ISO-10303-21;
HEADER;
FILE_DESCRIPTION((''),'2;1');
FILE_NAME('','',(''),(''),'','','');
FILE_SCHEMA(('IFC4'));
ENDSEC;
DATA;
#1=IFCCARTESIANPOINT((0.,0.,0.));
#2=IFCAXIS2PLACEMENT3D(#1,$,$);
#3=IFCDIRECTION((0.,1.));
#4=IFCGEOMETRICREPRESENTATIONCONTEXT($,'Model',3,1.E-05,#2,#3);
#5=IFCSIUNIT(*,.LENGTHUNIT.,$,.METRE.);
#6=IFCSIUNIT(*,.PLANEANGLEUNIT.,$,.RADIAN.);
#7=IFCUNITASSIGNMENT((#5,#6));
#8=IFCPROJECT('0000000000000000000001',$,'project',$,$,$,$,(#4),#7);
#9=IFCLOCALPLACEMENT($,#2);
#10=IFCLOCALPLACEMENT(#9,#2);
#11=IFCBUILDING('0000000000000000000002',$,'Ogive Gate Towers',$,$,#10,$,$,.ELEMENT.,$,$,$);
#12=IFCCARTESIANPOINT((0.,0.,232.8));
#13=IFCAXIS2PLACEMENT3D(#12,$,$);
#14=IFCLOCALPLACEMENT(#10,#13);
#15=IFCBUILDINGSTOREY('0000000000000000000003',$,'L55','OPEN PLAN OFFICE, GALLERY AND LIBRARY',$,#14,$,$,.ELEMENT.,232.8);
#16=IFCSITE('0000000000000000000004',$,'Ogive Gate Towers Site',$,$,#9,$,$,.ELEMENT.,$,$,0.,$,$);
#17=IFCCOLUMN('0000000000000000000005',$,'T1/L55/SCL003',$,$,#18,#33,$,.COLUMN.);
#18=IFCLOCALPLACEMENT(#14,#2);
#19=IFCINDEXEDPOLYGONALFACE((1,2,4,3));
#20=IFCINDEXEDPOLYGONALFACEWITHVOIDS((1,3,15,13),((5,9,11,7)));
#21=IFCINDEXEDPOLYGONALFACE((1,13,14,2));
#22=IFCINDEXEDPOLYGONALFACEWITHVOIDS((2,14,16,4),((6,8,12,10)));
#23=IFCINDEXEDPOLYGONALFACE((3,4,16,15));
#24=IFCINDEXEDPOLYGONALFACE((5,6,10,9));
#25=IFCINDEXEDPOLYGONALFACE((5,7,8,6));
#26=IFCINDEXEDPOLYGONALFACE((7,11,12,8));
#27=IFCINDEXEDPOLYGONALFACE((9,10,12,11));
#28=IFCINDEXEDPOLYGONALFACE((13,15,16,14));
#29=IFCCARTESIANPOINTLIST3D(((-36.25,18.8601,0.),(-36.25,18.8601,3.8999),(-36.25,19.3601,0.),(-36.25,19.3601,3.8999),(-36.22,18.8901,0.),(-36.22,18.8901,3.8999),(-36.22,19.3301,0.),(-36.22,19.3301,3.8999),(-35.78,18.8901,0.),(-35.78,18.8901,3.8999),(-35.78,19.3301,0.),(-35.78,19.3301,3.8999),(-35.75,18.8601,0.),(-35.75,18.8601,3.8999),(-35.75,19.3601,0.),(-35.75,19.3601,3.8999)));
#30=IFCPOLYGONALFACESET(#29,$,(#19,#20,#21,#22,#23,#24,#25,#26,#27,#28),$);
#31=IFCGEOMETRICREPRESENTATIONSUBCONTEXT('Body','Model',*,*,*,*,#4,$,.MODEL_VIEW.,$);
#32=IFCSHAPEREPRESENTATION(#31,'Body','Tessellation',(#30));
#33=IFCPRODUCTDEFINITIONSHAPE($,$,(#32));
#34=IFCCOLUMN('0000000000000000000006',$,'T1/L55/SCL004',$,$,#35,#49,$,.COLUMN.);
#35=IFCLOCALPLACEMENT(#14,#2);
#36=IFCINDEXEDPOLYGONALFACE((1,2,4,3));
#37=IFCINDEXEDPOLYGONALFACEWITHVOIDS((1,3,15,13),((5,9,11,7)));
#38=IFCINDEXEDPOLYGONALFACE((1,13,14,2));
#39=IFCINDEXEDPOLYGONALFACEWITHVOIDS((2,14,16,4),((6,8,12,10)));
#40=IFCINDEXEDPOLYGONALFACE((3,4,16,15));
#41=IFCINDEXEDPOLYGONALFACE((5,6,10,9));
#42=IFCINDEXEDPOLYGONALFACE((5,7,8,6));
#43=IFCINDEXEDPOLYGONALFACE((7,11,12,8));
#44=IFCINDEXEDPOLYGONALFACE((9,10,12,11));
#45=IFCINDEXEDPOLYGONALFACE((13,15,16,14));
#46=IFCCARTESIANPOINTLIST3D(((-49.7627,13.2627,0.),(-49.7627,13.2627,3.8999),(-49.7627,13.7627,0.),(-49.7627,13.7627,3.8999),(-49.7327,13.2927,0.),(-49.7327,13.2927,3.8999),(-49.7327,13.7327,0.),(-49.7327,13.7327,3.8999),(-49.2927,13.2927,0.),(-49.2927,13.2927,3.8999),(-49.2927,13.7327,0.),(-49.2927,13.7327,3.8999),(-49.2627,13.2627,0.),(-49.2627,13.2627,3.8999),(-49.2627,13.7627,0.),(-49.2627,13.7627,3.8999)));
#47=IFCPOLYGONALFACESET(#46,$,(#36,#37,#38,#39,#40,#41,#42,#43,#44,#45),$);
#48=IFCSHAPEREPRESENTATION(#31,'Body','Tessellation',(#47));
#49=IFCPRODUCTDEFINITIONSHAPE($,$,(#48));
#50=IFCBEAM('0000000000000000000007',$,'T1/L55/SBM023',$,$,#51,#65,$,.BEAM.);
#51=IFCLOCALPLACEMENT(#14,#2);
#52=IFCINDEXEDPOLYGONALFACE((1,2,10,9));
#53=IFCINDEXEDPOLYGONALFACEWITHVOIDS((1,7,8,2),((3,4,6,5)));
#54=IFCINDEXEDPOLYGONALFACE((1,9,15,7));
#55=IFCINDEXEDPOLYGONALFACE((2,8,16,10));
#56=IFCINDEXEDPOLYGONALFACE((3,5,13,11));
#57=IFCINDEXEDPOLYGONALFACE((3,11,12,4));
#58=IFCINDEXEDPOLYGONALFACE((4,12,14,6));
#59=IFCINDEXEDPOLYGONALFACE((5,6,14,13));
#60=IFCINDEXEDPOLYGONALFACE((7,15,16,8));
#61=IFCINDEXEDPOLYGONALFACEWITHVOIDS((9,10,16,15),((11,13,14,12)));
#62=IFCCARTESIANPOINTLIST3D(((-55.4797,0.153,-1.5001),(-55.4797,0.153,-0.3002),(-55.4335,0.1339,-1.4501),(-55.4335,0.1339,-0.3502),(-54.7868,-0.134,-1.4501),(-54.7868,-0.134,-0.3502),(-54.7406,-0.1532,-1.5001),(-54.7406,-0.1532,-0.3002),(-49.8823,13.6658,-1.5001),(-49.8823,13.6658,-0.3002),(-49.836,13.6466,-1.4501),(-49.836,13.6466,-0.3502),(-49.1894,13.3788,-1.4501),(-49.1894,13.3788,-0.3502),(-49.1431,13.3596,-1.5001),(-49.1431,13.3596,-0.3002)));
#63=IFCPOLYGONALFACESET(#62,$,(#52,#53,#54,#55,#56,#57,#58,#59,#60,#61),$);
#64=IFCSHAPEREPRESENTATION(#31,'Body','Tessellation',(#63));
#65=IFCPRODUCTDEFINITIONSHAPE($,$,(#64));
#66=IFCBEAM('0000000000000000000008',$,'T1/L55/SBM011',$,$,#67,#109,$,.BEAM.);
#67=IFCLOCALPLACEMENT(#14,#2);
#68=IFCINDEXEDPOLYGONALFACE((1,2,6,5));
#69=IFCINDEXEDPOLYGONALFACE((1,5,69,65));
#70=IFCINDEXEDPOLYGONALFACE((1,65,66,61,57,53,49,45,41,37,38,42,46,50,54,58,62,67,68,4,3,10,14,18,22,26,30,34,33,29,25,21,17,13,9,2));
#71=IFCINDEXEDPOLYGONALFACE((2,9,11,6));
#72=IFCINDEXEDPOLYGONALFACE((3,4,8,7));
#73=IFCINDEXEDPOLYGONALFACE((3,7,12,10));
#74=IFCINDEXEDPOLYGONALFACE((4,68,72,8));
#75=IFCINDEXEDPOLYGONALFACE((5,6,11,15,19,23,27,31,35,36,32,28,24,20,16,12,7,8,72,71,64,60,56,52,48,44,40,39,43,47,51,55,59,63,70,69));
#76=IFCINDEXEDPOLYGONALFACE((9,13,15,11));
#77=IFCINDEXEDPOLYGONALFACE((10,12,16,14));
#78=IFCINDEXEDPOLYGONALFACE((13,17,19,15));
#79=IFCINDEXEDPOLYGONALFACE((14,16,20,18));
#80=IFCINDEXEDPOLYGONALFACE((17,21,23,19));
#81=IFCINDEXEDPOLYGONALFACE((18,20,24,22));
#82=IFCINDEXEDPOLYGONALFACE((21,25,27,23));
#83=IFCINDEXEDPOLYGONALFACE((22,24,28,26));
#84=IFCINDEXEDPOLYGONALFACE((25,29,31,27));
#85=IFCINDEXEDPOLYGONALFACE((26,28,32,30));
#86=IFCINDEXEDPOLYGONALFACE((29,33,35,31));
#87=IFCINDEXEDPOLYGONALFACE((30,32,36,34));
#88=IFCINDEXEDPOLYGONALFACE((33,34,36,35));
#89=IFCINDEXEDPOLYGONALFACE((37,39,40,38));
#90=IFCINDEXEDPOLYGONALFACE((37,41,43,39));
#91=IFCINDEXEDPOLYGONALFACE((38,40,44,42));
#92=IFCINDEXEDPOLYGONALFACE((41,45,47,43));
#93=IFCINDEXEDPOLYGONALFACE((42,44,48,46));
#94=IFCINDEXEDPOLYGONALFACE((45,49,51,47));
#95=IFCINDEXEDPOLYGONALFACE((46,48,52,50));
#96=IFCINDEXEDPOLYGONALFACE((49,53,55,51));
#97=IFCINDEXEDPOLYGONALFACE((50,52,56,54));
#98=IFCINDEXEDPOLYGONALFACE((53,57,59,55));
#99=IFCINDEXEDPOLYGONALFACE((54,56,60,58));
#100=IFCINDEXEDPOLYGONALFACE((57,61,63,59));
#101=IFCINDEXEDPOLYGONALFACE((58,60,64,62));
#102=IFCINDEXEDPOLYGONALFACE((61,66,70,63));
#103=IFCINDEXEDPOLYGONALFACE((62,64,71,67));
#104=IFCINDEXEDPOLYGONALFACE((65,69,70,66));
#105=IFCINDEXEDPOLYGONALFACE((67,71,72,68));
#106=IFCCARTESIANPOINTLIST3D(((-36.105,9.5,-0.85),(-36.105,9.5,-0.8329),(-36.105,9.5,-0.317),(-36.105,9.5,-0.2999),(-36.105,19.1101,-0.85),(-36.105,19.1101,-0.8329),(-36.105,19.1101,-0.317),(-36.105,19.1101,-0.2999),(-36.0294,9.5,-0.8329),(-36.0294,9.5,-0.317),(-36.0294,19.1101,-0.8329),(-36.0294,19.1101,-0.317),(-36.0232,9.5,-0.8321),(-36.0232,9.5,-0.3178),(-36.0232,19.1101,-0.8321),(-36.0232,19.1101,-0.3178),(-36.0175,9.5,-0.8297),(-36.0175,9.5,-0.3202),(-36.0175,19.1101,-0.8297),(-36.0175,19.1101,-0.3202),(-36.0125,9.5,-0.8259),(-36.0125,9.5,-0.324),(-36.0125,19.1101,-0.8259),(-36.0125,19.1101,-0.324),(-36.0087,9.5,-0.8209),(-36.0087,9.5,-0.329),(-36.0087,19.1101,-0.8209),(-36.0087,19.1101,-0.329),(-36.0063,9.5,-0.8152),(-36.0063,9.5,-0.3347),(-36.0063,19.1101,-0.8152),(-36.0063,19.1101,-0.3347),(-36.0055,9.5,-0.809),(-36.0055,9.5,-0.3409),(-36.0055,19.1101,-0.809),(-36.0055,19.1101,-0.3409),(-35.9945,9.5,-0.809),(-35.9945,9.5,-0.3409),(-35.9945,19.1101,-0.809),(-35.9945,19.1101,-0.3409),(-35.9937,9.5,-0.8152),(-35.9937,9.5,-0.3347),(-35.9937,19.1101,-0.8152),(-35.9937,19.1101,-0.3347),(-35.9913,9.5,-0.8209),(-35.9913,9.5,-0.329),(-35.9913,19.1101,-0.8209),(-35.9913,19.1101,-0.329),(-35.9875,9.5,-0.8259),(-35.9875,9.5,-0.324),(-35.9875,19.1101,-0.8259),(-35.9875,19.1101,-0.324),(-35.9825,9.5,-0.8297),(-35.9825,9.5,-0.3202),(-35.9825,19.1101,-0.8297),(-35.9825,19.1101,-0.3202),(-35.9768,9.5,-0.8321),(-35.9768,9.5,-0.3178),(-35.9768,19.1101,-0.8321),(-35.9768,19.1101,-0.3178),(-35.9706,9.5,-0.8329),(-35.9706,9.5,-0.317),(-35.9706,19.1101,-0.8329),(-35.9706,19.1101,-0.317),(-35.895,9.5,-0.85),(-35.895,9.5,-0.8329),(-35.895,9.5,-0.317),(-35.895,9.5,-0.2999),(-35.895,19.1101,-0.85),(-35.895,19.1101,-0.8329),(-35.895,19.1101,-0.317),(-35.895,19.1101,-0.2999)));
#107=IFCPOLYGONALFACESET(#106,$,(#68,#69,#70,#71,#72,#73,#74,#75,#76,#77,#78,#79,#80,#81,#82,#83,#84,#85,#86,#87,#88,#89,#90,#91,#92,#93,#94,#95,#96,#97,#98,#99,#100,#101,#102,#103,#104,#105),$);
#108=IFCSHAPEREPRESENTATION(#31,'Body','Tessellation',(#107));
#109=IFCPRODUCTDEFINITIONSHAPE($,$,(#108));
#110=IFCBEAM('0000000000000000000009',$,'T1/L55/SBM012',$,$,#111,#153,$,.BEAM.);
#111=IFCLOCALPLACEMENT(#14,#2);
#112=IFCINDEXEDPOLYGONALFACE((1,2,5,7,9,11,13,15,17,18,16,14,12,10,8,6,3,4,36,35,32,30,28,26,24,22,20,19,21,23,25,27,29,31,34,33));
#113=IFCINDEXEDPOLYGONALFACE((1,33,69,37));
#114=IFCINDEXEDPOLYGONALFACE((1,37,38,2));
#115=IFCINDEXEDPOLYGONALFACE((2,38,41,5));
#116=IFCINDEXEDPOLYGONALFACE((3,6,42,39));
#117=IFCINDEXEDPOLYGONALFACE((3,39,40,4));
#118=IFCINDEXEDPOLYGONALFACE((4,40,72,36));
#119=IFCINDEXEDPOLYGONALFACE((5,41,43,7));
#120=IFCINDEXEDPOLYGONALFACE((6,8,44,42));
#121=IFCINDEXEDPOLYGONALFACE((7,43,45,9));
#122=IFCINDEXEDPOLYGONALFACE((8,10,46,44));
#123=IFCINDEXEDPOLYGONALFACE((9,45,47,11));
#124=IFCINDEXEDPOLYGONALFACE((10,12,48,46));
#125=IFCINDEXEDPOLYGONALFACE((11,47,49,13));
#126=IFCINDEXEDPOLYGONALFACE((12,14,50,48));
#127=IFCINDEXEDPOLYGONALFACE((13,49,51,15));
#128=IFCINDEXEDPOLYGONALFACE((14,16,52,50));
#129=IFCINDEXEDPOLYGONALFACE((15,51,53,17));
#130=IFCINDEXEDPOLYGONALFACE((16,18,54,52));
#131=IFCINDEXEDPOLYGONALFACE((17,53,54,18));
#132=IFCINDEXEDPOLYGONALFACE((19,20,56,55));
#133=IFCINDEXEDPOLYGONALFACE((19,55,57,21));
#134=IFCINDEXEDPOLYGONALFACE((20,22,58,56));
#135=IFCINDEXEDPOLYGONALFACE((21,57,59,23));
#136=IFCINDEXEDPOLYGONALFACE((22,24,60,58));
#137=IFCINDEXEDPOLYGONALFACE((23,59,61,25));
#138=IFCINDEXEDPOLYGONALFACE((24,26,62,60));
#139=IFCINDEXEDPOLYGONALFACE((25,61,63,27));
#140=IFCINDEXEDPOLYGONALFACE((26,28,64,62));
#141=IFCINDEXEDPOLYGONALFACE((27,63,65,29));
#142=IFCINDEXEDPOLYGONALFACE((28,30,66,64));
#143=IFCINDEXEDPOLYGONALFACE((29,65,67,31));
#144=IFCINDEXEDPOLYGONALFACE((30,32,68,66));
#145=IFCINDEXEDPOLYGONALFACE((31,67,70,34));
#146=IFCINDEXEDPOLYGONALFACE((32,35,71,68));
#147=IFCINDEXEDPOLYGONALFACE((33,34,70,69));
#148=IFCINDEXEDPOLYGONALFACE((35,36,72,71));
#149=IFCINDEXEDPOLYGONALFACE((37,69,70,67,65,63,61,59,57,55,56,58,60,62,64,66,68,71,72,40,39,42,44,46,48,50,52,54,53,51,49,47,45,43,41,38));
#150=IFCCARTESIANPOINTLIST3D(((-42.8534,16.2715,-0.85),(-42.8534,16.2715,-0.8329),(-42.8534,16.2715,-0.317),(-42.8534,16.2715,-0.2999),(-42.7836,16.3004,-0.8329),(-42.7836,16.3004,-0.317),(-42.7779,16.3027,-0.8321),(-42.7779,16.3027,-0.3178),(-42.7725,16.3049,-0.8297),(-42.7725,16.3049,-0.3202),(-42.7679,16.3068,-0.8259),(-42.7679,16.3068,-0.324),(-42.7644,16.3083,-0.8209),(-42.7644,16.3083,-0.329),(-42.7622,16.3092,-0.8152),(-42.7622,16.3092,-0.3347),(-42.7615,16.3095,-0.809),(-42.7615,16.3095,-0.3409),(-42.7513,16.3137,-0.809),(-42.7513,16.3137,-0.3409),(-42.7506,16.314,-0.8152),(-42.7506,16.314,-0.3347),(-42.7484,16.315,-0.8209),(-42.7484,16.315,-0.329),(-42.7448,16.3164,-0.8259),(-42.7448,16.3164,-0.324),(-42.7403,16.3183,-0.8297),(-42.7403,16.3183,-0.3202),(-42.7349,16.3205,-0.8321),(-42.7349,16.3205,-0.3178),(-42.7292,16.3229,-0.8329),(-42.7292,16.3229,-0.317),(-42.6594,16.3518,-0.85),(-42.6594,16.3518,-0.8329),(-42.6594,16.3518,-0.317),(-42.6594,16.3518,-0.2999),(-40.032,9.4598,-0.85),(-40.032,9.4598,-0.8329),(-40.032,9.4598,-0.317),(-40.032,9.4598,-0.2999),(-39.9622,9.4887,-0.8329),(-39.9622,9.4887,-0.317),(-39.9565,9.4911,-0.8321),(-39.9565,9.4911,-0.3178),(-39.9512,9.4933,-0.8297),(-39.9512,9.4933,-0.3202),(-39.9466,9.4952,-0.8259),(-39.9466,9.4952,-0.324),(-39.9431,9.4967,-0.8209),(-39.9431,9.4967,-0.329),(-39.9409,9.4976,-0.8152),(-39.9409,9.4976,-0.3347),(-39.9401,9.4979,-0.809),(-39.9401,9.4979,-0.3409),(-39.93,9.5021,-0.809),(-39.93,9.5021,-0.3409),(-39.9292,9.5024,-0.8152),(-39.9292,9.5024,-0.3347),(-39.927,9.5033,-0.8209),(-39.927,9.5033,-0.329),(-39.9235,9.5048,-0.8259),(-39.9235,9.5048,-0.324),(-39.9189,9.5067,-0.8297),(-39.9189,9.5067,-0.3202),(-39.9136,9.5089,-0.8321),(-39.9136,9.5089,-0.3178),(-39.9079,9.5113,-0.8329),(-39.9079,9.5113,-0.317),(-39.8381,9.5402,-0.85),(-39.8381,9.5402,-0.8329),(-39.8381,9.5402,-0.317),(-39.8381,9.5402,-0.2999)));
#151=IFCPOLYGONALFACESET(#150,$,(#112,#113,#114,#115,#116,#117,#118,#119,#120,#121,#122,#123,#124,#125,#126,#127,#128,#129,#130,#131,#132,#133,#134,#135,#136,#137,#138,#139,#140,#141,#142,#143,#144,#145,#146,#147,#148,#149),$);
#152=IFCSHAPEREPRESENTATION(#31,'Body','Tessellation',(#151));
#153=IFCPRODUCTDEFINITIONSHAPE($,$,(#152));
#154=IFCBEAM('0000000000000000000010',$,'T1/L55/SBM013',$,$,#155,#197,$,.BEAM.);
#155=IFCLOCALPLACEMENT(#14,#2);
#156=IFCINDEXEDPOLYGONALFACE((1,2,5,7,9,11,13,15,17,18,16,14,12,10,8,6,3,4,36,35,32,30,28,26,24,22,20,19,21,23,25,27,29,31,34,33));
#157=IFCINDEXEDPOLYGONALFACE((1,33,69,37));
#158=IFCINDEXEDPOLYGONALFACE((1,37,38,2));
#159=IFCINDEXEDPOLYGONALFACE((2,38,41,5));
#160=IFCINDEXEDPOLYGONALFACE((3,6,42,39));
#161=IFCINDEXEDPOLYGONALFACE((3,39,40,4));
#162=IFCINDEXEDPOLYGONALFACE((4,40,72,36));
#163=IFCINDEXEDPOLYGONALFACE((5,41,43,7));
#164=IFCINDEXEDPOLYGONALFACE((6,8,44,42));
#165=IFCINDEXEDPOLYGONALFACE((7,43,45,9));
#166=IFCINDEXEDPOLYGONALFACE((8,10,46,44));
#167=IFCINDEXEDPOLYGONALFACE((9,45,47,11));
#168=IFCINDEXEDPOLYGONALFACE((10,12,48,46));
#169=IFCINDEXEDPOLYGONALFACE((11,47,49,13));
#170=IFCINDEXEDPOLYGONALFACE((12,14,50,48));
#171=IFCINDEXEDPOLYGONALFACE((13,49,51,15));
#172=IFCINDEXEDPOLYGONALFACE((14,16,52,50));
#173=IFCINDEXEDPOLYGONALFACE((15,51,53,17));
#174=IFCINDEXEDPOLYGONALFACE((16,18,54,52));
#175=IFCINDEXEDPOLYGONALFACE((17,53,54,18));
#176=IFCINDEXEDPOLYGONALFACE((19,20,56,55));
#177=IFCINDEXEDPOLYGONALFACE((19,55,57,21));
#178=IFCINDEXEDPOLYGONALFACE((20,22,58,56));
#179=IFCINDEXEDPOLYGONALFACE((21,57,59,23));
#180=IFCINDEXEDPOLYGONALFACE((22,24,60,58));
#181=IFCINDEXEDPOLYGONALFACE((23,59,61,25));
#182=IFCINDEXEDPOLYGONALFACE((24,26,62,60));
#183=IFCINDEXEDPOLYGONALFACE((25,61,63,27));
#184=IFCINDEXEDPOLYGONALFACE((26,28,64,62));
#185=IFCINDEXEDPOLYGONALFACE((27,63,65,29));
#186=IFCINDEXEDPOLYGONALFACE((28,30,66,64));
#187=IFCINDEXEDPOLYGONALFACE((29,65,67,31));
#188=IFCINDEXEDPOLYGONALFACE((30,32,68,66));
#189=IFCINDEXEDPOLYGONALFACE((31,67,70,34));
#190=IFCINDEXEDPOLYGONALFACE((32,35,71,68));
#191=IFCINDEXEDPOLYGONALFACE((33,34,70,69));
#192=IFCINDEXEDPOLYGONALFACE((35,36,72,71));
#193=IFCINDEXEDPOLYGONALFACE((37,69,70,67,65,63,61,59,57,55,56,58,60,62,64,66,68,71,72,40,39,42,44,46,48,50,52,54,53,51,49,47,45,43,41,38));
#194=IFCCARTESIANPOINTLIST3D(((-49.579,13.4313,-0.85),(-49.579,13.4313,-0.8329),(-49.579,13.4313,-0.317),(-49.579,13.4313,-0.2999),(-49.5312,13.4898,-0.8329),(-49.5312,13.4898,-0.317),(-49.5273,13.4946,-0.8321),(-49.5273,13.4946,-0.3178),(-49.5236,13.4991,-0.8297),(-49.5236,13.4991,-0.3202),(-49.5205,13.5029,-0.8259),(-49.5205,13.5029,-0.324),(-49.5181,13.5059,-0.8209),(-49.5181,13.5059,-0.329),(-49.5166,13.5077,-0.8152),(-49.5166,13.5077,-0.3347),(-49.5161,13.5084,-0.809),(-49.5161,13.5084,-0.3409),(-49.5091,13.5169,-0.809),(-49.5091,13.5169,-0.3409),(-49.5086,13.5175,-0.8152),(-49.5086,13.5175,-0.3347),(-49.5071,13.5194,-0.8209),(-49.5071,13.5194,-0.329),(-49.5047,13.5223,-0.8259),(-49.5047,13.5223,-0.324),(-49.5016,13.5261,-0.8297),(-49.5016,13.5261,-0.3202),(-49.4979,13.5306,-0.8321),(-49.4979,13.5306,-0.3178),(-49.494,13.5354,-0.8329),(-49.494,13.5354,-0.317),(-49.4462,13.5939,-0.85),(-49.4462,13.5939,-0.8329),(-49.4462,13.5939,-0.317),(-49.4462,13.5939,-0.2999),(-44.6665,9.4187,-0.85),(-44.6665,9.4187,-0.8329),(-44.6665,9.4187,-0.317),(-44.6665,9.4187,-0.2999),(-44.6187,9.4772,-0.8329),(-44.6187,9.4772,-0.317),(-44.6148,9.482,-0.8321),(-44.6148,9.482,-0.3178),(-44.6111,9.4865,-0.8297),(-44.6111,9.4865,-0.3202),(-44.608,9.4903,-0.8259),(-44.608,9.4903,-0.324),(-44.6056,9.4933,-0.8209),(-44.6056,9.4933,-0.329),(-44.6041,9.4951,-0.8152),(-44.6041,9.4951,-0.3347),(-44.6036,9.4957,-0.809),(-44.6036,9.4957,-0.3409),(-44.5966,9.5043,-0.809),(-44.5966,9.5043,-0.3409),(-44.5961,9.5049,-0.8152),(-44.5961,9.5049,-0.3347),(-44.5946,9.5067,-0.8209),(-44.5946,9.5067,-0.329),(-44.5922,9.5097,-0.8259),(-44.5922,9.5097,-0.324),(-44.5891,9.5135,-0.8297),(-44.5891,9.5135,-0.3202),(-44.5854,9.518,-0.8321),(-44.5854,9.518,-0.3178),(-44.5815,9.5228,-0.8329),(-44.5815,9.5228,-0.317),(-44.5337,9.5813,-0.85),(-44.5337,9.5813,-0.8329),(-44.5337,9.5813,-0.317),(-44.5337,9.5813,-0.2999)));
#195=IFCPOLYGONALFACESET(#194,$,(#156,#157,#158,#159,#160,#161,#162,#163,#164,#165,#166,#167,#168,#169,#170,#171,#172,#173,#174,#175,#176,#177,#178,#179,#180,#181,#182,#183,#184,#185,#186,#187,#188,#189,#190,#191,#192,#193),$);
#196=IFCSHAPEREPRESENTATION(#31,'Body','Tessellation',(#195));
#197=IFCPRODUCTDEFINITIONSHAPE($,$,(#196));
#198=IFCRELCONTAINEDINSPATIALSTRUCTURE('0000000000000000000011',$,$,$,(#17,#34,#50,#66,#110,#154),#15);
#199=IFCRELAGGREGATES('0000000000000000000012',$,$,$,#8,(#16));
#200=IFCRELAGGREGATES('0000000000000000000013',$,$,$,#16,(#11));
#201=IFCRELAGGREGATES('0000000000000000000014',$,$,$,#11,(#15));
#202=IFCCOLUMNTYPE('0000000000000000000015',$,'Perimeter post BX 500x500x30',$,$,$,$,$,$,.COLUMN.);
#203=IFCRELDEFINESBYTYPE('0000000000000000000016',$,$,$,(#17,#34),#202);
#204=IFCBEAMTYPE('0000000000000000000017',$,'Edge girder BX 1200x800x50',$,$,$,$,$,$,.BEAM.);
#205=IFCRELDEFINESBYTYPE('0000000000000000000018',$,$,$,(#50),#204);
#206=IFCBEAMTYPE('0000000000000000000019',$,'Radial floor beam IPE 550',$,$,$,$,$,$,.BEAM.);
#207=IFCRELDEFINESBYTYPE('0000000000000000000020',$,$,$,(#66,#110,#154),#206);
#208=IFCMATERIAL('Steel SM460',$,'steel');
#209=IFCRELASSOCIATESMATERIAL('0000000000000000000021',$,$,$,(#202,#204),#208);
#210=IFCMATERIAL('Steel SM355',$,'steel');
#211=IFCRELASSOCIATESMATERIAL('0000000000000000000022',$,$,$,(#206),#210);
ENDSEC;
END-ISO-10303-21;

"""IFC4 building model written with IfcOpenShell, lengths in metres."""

from ifc_helpers import new_model, si_unit, direction, frame, origin, origin_2d, place, context, subcontext, project, spatial, hollow_rectangle, i_section, extrude, material, material_profile, profile_set, type_object, element, save


model = new_model("IFC4")

# Units and contexts
model_context = context("Model", 3, precision=1e-05, world=origin(), true_north=direction((0.0, 1.0)))
body_context = subcontext(model_context, "Body", "Model", "MODEL_VIEW")
ifc_project = project(units=[si_unit("LENGTHUNIT", "METRE"), si_unit("PLANEANGLEUNIT", "RADIAN")], contexts=[model_context])

# Site, building, storey
site_placement = place(None, origin())
site = spatial("IfcSite", under=ifc_project, at=site_placement, Name="Ogive Gate Towers Site", CompositionType="ELEMENT", RefElevation=0.0)
building_placement = place(site_placement, origin())
building = spatial("IfcBuilding", under=site, at=building_placement, Name="Ogive Gate Towers", CompositionType="ELEMENT")
storey_placement = place(building_placement, frame((0.0, 0.0, 232.8)))
storey = spatial("IfcBuildingStorey", under=building, at=storey_placement, Name="L55", Description="OPEN PLAN OFFICE, GALLERY AND LIBRARY", CompositionType="ELEMENT", Elevation=232.8)

# Columns
ifc_material_1 = material(Name="Steel SM460", Category="steel")
ifc_material_profile_1 = material_profile(ifc_material_1, hollow_rectangle(XDim=0.5, YDim=0.5, WallThickness=0.03, at=origin_2d()), Name="BX 500x500x30")
ifc_profile_set_1 = profile_set([ifc_material_profile_1], Name="Steel SM460")
column_type = type_object("IfcColumnType", Name="Perimeter post BX 500x500x30", PredefinedType="COLUMN", material=ifc_profile_set_1)
for number, where, z_axis, x_axis, name in (
    (1, (-36.0, 19.1101, 0.0), (0.0, 0.0, 1.0), (1.0, 0.0, 0.0), "T1/L55/SCL003"),
    (2, (-49.5127, 13.5127, 0.0), (0.0, 0.0, 1.0), (1.0, 0.0, 0.0), "T1/L55/SCL004"),
):
    element("IfcColumn", number, at=place(storey_placement, frame(where, z_axis=z_axis, x_axis=x_axis)), inside=storey, type_object=column_type, Name=name, PredefinedType="COLUMN", context=body_context, shape_type="SweptSolid", body=[
        extrude(hollow_rectangle(XDim=0.5, YDim=0.5, WallThickness=0.03, at=origin_2d()), origin(), (0.0, 0.0, 1.0), 3.8999),
    ])

# Beams
ifc_material_profile_2 = material_profile(ifc_material_1, hollow_rectangle(XDim=0.8, YDim=1.2, WallThickness=0.05, at=origin_2d()), Name="BX 1200x800x50")
ifc_profile_set_2 = profile_set([ifc_material_profile_2], Name="Steel SM460")
beam_type_1 = type_object("IfcBeamType", Name="Edge girder BX 1200x800x50", PredefinedType="BEAM", material=ifc_profile_set_2)
beam_1_placement = place(storey_placement, frame((-49.5127, 13.5127, -0.9001), z_axis=(-0.382699, -0.923873, 0.0), x_axis=(0.923873, -0.382699, 0.0)))
element("IfcBeam", 3, at=beam_1_placement, inside=storey, type_object=beam_type_1, Name="T1/L55/SBM023", PredefinedType="BEAM", context=body_context, shape_type="SweptSolid", body=[
    extrude(hollow_rectangle(XDim=0.8, YDim=1.2, WallThickness=0.05, at=origin_2d()), origin(), (0.0, 0.0, 1.0), 14.6262),
])
ifc_material_2 = material(Name="Steel SM355", Category="steel")
ifc_material_profile_3 = material_profile(ifc_material_2, i_section(OverallWidth=0.21, OverallDepth=0.55, WebThickness=0.011, FlangeThickness=0.0171, FilletRadius=0.0239, at=origin_2d()), Name="IPE 550")
ifc_profile_set_3 = profile_set([ifc_material_profile_3], Name="Steel SM355")
beam_type_2 = type_object("IfcBeamType", Name="Radial floor beam IPE 550", PredefinedType="BEAM", material=ifc_profile_set_3)
beam_2_placement = place(storey_placement, frame((-36.0, 9.5, -0.575), z_axis=(0.0, 1.0, 0.0), x_axis=(-1.0, 0.0, 0.0)))
element("IfcBeam", 4, at=beam_2_placement, inside=storey, type_object=beam_type_2, Name="T1/L55/SBM011", PredefinedType="BEAM", context=body_context, shape_type="SweptSolid", body=[
    extrude(i_section(OverallWidth=0.21, OverallDepth=0.55, WebThickness=0.011, FlangeThickness=0.0171, FilletRadius=0.0239, at=origin_2d()), origin(), (0.0, 0.0, 1.0), 9.6101),
])
beam_3_placement = place(storey_placement, frame((-39.9351, 9.5, -0.575), z_axis=(-0.382668, 0.923886, 0.0), x_axis=(-0.923886, -0.382668, 0.0)))
element("IfcBeam", 5, at=beam_3_placement, inside=storey, type_object=beam_type_2, Name="T1/L55/SBM012", PredefinedType="BEAM", context=body_context, shape_type="SweptSolid", body=[
    extrude(i_section(OverallWidth=0.21, OverallDepth=0.55, WebThickness=0.011, FlangeThickness=0.0171, FilletRadius=0.0239, at=origin_2d()), origin(), (0.0, 0.0, 1.0), 7.3728),
])
beam_4_placement = place(storey_placement, frame((-44.6001, 9.5, -0.575), z_axis=(-0.774475, 0.632605, 0.0), x_axis=(-0.632605, -0.774475, 0.0)))
element("IfcBeam", 6, at=beam_4_placement, inside=storey, type_object=beam_type_2, Name="T1/L55/SBM013", PredefinedType="BEAM", context=body_context, shape_type="SweptSolid", body=[
    extrude(i_section(OverallWidth=0.21, OverallDepth=0.55, WebThickness=0.011, FlangeThickness=0.0171, FilletRadius=0.0239, at=origin_2d()), origin(), (0.0, 0.0, 1.0), 6.343),
])

save(model, "model.ifc")
